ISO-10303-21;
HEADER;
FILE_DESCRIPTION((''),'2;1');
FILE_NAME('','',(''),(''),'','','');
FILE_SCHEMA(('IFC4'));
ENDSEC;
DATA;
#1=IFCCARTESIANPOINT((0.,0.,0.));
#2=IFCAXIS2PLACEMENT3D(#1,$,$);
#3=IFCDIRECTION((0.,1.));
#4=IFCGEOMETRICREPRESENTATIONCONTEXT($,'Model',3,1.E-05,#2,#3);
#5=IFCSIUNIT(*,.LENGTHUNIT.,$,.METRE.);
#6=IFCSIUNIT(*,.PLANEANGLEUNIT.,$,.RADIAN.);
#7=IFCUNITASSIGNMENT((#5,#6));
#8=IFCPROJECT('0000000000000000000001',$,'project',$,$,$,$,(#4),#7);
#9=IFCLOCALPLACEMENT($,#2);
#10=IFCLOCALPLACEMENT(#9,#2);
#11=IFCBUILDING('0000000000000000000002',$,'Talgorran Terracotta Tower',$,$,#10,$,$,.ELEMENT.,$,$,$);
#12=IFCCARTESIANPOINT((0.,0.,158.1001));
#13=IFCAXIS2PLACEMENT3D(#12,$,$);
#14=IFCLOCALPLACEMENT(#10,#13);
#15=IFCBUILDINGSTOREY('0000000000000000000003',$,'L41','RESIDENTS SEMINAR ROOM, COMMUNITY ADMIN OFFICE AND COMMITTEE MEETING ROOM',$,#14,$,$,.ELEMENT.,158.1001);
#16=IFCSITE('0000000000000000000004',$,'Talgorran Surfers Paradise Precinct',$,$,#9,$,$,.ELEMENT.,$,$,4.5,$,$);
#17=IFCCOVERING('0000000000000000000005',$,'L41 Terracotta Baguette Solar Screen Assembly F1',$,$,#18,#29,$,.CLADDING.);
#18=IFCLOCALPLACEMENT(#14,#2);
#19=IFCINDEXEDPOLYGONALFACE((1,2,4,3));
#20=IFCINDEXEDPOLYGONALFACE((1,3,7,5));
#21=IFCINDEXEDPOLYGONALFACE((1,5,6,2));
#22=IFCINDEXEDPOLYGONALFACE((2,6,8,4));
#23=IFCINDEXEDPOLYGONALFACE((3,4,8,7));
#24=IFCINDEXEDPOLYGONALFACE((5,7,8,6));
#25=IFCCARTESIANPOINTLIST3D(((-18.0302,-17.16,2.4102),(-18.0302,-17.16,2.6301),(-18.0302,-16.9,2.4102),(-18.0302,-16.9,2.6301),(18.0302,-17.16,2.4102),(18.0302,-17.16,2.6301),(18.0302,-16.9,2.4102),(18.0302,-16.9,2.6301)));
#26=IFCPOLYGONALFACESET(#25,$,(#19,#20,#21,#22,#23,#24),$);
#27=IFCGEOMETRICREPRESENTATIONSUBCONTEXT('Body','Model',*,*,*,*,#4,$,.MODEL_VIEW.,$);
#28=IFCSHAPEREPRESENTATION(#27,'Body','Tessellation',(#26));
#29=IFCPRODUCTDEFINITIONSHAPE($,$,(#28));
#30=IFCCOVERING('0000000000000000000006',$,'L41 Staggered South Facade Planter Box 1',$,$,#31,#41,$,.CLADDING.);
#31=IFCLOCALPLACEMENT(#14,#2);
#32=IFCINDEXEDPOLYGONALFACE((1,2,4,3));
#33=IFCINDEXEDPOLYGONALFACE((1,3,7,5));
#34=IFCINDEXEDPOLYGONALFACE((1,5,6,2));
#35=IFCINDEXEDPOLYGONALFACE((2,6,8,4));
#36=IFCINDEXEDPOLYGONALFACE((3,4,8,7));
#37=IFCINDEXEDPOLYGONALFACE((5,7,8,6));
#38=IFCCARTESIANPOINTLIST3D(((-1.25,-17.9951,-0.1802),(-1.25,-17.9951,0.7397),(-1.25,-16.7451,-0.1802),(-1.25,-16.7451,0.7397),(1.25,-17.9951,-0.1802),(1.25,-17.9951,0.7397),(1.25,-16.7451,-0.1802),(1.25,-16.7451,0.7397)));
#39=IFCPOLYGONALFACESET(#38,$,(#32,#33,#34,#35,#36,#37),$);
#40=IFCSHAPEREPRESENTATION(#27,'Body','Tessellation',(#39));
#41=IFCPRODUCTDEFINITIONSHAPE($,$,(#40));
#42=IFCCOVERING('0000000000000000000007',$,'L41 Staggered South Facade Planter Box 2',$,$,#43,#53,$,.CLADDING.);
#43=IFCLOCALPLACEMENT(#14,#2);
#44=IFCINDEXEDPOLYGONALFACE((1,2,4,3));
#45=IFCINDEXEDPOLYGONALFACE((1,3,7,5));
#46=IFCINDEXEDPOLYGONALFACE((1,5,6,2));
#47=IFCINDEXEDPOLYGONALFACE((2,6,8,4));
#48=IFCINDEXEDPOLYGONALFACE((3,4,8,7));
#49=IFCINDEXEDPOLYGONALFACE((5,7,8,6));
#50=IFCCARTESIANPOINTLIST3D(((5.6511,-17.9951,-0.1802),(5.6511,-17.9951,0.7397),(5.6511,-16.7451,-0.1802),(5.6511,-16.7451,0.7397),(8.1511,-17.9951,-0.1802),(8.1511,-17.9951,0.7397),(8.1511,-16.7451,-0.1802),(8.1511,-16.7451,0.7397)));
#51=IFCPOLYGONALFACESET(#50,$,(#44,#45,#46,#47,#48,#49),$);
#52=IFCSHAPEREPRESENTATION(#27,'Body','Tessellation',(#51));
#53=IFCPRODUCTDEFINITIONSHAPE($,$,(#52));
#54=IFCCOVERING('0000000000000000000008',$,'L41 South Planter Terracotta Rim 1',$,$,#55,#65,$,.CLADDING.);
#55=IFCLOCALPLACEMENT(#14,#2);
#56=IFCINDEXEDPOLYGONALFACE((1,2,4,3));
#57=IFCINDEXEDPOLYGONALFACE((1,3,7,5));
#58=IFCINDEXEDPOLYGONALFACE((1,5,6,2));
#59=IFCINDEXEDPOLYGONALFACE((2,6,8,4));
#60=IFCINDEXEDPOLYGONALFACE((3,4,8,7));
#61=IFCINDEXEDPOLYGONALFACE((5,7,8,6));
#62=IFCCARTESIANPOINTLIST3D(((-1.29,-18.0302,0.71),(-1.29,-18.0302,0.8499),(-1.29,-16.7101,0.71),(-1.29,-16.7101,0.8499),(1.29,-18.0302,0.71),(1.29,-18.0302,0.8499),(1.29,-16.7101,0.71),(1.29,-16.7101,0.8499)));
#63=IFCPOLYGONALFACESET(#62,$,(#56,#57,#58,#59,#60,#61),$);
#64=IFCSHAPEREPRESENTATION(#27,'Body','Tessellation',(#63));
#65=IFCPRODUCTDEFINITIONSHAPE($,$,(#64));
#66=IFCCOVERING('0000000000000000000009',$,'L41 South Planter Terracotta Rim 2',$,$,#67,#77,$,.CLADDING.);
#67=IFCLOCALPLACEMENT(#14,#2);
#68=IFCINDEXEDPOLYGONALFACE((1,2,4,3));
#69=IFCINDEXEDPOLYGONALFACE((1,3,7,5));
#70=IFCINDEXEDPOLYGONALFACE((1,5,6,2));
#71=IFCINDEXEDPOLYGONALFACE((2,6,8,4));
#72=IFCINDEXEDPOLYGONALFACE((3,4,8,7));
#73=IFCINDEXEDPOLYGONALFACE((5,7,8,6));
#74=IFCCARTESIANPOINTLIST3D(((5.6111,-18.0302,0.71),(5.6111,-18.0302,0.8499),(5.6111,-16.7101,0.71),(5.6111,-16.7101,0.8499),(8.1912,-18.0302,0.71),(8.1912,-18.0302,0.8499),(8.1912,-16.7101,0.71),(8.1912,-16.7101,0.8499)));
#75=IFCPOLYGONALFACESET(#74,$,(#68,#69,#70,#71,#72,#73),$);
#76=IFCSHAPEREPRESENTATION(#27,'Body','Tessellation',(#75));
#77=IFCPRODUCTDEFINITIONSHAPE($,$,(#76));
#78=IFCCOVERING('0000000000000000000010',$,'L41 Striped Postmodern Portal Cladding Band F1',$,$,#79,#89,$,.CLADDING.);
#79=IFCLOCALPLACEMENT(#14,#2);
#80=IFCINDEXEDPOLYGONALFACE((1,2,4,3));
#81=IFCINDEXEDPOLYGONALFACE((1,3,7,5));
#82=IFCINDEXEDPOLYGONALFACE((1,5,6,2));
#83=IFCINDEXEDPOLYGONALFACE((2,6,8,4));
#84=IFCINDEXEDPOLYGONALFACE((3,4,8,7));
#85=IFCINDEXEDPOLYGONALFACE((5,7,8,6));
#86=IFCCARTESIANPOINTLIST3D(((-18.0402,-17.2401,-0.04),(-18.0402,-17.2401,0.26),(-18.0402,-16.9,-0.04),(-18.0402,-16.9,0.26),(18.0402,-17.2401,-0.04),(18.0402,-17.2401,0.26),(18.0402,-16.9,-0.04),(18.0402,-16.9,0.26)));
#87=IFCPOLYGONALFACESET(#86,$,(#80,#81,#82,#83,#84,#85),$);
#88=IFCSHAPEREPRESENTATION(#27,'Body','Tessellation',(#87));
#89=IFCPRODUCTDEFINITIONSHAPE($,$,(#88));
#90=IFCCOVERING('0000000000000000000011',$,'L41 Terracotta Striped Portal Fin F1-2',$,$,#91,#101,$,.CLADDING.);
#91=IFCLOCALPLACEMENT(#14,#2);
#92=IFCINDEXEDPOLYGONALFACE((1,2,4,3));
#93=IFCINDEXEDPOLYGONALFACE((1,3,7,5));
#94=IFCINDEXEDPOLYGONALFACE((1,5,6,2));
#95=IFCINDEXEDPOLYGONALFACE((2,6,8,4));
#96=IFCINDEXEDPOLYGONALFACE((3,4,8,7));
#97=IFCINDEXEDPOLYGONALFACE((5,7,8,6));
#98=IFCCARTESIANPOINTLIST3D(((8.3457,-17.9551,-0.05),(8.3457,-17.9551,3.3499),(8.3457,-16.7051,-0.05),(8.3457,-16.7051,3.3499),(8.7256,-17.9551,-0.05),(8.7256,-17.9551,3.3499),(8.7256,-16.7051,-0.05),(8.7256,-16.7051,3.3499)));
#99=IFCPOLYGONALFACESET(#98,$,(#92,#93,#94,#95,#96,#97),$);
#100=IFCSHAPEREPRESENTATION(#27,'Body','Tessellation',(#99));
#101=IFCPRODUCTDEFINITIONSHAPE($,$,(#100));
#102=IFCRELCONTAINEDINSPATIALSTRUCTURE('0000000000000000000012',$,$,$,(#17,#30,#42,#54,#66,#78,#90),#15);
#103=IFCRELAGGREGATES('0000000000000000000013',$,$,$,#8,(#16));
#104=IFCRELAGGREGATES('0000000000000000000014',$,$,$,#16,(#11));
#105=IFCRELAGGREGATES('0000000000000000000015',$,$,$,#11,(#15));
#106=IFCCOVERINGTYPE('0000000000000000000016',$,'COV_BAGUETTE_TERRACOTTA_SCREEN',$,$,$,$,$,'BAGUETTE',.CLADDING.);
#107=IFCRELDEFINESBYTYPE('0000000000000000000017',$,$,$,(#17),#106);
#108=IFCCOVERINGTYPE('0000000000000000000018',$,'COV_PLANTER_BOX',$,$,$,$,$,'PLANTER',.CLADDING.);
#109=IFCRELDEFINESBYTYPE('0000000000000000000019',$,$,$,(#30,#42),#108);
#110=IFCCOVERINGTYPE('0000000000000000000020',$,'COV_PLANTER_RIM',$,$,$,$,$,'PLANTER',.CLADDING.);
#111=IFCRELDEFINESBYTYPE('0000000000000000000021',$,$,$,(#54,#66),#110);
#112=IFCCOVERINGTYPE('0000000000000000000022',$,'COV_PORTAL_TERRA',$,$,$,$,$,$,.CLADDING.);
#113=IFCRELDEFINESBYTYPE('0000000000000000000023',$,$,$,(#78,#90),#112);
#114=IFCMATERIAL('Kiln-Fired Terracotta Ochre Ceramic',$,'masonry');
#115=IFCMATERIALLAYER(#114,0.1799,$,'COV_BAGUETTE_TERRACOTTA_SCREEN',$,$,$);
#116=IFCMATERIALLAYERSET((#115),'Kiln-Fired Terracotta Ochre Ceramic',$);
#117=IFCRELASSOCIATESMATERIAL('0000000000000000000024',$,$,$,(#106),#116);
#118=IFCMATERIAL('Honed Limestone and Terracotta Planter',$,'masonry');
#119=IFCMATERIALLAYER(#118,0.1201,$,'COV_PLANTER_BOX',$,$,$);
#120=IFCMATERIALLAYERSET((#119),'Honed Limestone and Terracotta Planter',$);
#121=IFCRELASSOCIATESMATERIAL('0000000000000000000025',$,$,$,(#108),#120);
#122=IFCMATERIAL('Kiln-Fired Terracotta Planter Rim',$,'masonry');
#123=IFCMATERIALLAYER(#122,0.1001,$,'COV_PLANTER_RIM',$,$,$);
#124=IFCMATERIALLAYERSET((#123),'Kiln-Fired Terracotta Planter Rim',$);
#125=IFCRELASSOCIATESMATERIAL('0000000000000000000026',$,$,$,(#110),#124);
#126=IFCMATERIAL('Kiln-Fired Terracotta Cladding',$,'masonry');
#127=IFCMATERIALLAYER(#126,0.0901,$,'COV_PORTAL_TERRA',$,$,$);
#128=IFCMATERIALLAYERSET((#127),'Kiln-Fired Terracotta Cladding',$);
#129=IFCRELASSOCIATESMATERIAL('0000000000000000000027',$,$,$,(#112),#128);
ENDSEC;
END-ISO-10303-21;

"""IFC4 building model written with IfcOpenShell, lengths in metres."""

from ifc_helpers import new_model, si_unit, direction, frame, origin, origin_2d, place, context, subcontext, project, spatial, rectangle, extrude, material, layer, layer_set, type_object, element, save


model = new_model("IFC4")

# Units and contexts
model_context = context("Model", 3, precision=1e-05, world=origin(), true_north=direction((0.0, 1.0)))
body_context = subcontext(model_context, "Body", "Model", "MODEL_VIEW")
ifc_project = project(units=[si_unit("LENGTHUNIT", "METRE"), si_unit("PLANEANGLEUNIT", "RADIAN")], contexts=[model_context])

# Site, building, storey
site_placement = place(None, origin())
site = spatial("IfcSite", under=ifc_project, at=site_placement, Name="Talgorran Surfers Paradise Precinct", CompositionType="ELEMENT", RefElevation=4.5)
building_placement = place(site_placement, origin())
building = spatial("IfcBuilding", under=site, at=building_placement, Name="Talgorran Terracotta Tower", CompositionType="ELEMENT")
storey_placement = place(building_placement, frame((0.0, 0.0, 158.1001)))
storey = spatial("IfcBuildingStorey", under=building, at=storey_placement, Name="L41", Description="RESIDENTS SEMINAR ROOM, COMMUNITY ADMIN OFFICE AND COMMITTEE MEETING ROOM", CompositionType="ELEMENT", Elevation=158.1001)

# Coverings
ifc_material_1 = material(Name="Kiln-Fired Terracotta Ochre Ceramic", Category="masonry")
ifc_layer_1 = layer(ifc_material_1, 0.1799, Name="COV_BAGUETTE_TERRACOTTA_SCREEN")
ifc_layer_set_1 = layer_set([ifc_layer_1], Name="Kiln-Fired Terracotta Ochre Ceramic")
covering_type_1 = type_object("IfcCoveringType", Name="COV_BAGUETTE_TERRACOTTA_SCREEN", ElementType="BAGUETTE", PredefinedType="CLADDING", material=ifc_layer_set_1)
covering_1_placement = place(storey_placement, frame((0.0, -17.03, 2.4102), z_axis=(0.0, 0.0, 1.0), x_axis=(1.0, 0.0, 0.0)))
element("IfcCovering", 1, at=covering_1_placement, inside=storey, type_object=covering_type_1, Name="L41 Terracotta Baguette Solar Screen Assembly F1", PredefinedType="CLADDING", context=body_context, shape_type="SweptSolid", body=[
    extrude(rectangle(XDim=36.0603, YDim=0.26, at=origin_2d()), origin(), (0.0, 0.0, 1.0), 0.22),
])
ifc_material_2 = material(Name="Honed Limestone and Terracotta Planter", Category="masonry")
ifc_layer_2 = layer(ifc_material_2, 0.1201, Name="COV_PLANTER_BOX")
ifc_layer_set_2 = layer_set([ifc_layer_2], Name="Honed Limestone and Terracotta Planter")
covering_type_2 = type_object("IfcCoveringType", Name="COV_PLANTER_BOX", ElementType="PLANTER", PredefinedType="CLADDING", material=ifc_layer_set_2)
for number, where, z_axis, x_axis, name in (
    (2, (0.0, -17.3701, -0.1802), (0.0, 0.0, 1.0), (1.0, 0.0, 0.0), "L41 Staggered South Facade Planter Box 1"),
    (3, (6.9011, -17.3701, -0.1802), (0.0, 0.0, 1.0), (1.0, 0.0, 0.0), "L41 Staggered South Facade Planter Box 2"),
):
    element("IfcCovering", number, at=place(storey_placement, frame(where, z_axis=z_axis, x_axis=x_axis)), inside=storey, type_object=covering_type_2, Name=name, PredefinedType="CLADDING", context=body_context, shape_type="SweptSolid", body=[
        extrude(rectangle(XDim=2.5, YDim=1.25, at=origin_2d()), origin(), (0.0, 0.0, 1.0), 0.9199),
    ])
ifc_material_3 = material(Name="Kiln-Fired Terracotta Planter Rim", Category="masonry")
ifc_layer_3 = layer(ifc_material_3, 0.1001, Name="COV_PLANTER_RIM")
ifc_layer_set_3 = layer_set([ifc_layer_3], Name="Kiln-Fired Terracotta Planter Rim")
covering_type_3 = type_object("IfcCoveringType", Name="COV_PLANTER_RIM", ElementType="PLANTER", PredefinedType="CLADDING", material=ifc_layer_set_3)
for number, where, z_axis, x_axis, name in (
    (4, (0.0, -17.3701, 0.71), (0.0, 0.0, 1.0), (1.0, 0.0, 0.0), "L41 South Planter Terracotta Rim 1"),
    (5, (6.9011, -17.3701, 0.71), (0.0, 0.0, 1.0), (1.0, 0.0, 0.0), "L41 South Planter Terracotta Rim 2"),
):
    element("IfcCovering", number, at=place(storey_placement, frame(where, z_axis=z_axis, x_axis=x_axis)), inside=storey, type_object=covering_type_3, Name=name, PredefinedType="CLADDING", context=body_context, shape_type="SweptSolid", body=[
        extrude(rectangle(XDim=2.5801, YDim=1.3201, at=origin_2d()), origin(), (0.0, 0.0, 1.0), 0.1399),
    ])
ifc_material_4 = material(Name="Kiln-Fired Terracotta Cladding", Category="masonry")
ifc_layer_4 = layer(ifc_material_4, 0.0901, Name="COV_PORTAL_TERRA")
ifc_layer_set_4 = layer_set([ifc_layer_4], Name="Kiln-Fired Terracotta Cladding")
covering_type_4 = type_object("IfcCoveringType", Name="COV_PORTAL_TERRA", PredefinedType="CLADDING", material=ifc_layer_set_4)
covering_2_placement = place(storey_placement, frame((0.0, -17.0701, -0.04), z_axis=(0.0, 0.0, 1.0), x_axis=(1.0, 0.0, 0.0)))
element("IfcCovering", 6, at=covering_2_placement, inside=storey, type_object=covering_type_4, Name="L41 Striped Postmodern Portal Cladding Band F1", PredefinedType="CLADDING", context=body_context, shape_type="SweptSolid", body=[
    extrude(rectangle(XDim=36.0803, YDim=0.3401, at=origin_2d()), origin(), (0.0, 0.0, 1.0), 0.3),
])
covering_3_placement = place(storey_placement, frame((8.5356, -17.3301, -0.05), z_axis=(0.0, 0.0, 1.0), x_axis=(1.0, 0.0, 0.0)))
element("IfcCovering", 7, at=covering_3_placement, inside=storey, type_object=covering_type_4, Name="L41 Terracotta Striped Portal Fin F1-2", PredefinedType="CLADDING", context=body_context, shape_type="SweptSolid", body=[
    extrude(rectangle(XDim=0.3799, YDim=1.25, at=origin_2d()), origin(), (0.0, 0.0, 1.0), 3.3999),
])

save(model, "model.ifc")
